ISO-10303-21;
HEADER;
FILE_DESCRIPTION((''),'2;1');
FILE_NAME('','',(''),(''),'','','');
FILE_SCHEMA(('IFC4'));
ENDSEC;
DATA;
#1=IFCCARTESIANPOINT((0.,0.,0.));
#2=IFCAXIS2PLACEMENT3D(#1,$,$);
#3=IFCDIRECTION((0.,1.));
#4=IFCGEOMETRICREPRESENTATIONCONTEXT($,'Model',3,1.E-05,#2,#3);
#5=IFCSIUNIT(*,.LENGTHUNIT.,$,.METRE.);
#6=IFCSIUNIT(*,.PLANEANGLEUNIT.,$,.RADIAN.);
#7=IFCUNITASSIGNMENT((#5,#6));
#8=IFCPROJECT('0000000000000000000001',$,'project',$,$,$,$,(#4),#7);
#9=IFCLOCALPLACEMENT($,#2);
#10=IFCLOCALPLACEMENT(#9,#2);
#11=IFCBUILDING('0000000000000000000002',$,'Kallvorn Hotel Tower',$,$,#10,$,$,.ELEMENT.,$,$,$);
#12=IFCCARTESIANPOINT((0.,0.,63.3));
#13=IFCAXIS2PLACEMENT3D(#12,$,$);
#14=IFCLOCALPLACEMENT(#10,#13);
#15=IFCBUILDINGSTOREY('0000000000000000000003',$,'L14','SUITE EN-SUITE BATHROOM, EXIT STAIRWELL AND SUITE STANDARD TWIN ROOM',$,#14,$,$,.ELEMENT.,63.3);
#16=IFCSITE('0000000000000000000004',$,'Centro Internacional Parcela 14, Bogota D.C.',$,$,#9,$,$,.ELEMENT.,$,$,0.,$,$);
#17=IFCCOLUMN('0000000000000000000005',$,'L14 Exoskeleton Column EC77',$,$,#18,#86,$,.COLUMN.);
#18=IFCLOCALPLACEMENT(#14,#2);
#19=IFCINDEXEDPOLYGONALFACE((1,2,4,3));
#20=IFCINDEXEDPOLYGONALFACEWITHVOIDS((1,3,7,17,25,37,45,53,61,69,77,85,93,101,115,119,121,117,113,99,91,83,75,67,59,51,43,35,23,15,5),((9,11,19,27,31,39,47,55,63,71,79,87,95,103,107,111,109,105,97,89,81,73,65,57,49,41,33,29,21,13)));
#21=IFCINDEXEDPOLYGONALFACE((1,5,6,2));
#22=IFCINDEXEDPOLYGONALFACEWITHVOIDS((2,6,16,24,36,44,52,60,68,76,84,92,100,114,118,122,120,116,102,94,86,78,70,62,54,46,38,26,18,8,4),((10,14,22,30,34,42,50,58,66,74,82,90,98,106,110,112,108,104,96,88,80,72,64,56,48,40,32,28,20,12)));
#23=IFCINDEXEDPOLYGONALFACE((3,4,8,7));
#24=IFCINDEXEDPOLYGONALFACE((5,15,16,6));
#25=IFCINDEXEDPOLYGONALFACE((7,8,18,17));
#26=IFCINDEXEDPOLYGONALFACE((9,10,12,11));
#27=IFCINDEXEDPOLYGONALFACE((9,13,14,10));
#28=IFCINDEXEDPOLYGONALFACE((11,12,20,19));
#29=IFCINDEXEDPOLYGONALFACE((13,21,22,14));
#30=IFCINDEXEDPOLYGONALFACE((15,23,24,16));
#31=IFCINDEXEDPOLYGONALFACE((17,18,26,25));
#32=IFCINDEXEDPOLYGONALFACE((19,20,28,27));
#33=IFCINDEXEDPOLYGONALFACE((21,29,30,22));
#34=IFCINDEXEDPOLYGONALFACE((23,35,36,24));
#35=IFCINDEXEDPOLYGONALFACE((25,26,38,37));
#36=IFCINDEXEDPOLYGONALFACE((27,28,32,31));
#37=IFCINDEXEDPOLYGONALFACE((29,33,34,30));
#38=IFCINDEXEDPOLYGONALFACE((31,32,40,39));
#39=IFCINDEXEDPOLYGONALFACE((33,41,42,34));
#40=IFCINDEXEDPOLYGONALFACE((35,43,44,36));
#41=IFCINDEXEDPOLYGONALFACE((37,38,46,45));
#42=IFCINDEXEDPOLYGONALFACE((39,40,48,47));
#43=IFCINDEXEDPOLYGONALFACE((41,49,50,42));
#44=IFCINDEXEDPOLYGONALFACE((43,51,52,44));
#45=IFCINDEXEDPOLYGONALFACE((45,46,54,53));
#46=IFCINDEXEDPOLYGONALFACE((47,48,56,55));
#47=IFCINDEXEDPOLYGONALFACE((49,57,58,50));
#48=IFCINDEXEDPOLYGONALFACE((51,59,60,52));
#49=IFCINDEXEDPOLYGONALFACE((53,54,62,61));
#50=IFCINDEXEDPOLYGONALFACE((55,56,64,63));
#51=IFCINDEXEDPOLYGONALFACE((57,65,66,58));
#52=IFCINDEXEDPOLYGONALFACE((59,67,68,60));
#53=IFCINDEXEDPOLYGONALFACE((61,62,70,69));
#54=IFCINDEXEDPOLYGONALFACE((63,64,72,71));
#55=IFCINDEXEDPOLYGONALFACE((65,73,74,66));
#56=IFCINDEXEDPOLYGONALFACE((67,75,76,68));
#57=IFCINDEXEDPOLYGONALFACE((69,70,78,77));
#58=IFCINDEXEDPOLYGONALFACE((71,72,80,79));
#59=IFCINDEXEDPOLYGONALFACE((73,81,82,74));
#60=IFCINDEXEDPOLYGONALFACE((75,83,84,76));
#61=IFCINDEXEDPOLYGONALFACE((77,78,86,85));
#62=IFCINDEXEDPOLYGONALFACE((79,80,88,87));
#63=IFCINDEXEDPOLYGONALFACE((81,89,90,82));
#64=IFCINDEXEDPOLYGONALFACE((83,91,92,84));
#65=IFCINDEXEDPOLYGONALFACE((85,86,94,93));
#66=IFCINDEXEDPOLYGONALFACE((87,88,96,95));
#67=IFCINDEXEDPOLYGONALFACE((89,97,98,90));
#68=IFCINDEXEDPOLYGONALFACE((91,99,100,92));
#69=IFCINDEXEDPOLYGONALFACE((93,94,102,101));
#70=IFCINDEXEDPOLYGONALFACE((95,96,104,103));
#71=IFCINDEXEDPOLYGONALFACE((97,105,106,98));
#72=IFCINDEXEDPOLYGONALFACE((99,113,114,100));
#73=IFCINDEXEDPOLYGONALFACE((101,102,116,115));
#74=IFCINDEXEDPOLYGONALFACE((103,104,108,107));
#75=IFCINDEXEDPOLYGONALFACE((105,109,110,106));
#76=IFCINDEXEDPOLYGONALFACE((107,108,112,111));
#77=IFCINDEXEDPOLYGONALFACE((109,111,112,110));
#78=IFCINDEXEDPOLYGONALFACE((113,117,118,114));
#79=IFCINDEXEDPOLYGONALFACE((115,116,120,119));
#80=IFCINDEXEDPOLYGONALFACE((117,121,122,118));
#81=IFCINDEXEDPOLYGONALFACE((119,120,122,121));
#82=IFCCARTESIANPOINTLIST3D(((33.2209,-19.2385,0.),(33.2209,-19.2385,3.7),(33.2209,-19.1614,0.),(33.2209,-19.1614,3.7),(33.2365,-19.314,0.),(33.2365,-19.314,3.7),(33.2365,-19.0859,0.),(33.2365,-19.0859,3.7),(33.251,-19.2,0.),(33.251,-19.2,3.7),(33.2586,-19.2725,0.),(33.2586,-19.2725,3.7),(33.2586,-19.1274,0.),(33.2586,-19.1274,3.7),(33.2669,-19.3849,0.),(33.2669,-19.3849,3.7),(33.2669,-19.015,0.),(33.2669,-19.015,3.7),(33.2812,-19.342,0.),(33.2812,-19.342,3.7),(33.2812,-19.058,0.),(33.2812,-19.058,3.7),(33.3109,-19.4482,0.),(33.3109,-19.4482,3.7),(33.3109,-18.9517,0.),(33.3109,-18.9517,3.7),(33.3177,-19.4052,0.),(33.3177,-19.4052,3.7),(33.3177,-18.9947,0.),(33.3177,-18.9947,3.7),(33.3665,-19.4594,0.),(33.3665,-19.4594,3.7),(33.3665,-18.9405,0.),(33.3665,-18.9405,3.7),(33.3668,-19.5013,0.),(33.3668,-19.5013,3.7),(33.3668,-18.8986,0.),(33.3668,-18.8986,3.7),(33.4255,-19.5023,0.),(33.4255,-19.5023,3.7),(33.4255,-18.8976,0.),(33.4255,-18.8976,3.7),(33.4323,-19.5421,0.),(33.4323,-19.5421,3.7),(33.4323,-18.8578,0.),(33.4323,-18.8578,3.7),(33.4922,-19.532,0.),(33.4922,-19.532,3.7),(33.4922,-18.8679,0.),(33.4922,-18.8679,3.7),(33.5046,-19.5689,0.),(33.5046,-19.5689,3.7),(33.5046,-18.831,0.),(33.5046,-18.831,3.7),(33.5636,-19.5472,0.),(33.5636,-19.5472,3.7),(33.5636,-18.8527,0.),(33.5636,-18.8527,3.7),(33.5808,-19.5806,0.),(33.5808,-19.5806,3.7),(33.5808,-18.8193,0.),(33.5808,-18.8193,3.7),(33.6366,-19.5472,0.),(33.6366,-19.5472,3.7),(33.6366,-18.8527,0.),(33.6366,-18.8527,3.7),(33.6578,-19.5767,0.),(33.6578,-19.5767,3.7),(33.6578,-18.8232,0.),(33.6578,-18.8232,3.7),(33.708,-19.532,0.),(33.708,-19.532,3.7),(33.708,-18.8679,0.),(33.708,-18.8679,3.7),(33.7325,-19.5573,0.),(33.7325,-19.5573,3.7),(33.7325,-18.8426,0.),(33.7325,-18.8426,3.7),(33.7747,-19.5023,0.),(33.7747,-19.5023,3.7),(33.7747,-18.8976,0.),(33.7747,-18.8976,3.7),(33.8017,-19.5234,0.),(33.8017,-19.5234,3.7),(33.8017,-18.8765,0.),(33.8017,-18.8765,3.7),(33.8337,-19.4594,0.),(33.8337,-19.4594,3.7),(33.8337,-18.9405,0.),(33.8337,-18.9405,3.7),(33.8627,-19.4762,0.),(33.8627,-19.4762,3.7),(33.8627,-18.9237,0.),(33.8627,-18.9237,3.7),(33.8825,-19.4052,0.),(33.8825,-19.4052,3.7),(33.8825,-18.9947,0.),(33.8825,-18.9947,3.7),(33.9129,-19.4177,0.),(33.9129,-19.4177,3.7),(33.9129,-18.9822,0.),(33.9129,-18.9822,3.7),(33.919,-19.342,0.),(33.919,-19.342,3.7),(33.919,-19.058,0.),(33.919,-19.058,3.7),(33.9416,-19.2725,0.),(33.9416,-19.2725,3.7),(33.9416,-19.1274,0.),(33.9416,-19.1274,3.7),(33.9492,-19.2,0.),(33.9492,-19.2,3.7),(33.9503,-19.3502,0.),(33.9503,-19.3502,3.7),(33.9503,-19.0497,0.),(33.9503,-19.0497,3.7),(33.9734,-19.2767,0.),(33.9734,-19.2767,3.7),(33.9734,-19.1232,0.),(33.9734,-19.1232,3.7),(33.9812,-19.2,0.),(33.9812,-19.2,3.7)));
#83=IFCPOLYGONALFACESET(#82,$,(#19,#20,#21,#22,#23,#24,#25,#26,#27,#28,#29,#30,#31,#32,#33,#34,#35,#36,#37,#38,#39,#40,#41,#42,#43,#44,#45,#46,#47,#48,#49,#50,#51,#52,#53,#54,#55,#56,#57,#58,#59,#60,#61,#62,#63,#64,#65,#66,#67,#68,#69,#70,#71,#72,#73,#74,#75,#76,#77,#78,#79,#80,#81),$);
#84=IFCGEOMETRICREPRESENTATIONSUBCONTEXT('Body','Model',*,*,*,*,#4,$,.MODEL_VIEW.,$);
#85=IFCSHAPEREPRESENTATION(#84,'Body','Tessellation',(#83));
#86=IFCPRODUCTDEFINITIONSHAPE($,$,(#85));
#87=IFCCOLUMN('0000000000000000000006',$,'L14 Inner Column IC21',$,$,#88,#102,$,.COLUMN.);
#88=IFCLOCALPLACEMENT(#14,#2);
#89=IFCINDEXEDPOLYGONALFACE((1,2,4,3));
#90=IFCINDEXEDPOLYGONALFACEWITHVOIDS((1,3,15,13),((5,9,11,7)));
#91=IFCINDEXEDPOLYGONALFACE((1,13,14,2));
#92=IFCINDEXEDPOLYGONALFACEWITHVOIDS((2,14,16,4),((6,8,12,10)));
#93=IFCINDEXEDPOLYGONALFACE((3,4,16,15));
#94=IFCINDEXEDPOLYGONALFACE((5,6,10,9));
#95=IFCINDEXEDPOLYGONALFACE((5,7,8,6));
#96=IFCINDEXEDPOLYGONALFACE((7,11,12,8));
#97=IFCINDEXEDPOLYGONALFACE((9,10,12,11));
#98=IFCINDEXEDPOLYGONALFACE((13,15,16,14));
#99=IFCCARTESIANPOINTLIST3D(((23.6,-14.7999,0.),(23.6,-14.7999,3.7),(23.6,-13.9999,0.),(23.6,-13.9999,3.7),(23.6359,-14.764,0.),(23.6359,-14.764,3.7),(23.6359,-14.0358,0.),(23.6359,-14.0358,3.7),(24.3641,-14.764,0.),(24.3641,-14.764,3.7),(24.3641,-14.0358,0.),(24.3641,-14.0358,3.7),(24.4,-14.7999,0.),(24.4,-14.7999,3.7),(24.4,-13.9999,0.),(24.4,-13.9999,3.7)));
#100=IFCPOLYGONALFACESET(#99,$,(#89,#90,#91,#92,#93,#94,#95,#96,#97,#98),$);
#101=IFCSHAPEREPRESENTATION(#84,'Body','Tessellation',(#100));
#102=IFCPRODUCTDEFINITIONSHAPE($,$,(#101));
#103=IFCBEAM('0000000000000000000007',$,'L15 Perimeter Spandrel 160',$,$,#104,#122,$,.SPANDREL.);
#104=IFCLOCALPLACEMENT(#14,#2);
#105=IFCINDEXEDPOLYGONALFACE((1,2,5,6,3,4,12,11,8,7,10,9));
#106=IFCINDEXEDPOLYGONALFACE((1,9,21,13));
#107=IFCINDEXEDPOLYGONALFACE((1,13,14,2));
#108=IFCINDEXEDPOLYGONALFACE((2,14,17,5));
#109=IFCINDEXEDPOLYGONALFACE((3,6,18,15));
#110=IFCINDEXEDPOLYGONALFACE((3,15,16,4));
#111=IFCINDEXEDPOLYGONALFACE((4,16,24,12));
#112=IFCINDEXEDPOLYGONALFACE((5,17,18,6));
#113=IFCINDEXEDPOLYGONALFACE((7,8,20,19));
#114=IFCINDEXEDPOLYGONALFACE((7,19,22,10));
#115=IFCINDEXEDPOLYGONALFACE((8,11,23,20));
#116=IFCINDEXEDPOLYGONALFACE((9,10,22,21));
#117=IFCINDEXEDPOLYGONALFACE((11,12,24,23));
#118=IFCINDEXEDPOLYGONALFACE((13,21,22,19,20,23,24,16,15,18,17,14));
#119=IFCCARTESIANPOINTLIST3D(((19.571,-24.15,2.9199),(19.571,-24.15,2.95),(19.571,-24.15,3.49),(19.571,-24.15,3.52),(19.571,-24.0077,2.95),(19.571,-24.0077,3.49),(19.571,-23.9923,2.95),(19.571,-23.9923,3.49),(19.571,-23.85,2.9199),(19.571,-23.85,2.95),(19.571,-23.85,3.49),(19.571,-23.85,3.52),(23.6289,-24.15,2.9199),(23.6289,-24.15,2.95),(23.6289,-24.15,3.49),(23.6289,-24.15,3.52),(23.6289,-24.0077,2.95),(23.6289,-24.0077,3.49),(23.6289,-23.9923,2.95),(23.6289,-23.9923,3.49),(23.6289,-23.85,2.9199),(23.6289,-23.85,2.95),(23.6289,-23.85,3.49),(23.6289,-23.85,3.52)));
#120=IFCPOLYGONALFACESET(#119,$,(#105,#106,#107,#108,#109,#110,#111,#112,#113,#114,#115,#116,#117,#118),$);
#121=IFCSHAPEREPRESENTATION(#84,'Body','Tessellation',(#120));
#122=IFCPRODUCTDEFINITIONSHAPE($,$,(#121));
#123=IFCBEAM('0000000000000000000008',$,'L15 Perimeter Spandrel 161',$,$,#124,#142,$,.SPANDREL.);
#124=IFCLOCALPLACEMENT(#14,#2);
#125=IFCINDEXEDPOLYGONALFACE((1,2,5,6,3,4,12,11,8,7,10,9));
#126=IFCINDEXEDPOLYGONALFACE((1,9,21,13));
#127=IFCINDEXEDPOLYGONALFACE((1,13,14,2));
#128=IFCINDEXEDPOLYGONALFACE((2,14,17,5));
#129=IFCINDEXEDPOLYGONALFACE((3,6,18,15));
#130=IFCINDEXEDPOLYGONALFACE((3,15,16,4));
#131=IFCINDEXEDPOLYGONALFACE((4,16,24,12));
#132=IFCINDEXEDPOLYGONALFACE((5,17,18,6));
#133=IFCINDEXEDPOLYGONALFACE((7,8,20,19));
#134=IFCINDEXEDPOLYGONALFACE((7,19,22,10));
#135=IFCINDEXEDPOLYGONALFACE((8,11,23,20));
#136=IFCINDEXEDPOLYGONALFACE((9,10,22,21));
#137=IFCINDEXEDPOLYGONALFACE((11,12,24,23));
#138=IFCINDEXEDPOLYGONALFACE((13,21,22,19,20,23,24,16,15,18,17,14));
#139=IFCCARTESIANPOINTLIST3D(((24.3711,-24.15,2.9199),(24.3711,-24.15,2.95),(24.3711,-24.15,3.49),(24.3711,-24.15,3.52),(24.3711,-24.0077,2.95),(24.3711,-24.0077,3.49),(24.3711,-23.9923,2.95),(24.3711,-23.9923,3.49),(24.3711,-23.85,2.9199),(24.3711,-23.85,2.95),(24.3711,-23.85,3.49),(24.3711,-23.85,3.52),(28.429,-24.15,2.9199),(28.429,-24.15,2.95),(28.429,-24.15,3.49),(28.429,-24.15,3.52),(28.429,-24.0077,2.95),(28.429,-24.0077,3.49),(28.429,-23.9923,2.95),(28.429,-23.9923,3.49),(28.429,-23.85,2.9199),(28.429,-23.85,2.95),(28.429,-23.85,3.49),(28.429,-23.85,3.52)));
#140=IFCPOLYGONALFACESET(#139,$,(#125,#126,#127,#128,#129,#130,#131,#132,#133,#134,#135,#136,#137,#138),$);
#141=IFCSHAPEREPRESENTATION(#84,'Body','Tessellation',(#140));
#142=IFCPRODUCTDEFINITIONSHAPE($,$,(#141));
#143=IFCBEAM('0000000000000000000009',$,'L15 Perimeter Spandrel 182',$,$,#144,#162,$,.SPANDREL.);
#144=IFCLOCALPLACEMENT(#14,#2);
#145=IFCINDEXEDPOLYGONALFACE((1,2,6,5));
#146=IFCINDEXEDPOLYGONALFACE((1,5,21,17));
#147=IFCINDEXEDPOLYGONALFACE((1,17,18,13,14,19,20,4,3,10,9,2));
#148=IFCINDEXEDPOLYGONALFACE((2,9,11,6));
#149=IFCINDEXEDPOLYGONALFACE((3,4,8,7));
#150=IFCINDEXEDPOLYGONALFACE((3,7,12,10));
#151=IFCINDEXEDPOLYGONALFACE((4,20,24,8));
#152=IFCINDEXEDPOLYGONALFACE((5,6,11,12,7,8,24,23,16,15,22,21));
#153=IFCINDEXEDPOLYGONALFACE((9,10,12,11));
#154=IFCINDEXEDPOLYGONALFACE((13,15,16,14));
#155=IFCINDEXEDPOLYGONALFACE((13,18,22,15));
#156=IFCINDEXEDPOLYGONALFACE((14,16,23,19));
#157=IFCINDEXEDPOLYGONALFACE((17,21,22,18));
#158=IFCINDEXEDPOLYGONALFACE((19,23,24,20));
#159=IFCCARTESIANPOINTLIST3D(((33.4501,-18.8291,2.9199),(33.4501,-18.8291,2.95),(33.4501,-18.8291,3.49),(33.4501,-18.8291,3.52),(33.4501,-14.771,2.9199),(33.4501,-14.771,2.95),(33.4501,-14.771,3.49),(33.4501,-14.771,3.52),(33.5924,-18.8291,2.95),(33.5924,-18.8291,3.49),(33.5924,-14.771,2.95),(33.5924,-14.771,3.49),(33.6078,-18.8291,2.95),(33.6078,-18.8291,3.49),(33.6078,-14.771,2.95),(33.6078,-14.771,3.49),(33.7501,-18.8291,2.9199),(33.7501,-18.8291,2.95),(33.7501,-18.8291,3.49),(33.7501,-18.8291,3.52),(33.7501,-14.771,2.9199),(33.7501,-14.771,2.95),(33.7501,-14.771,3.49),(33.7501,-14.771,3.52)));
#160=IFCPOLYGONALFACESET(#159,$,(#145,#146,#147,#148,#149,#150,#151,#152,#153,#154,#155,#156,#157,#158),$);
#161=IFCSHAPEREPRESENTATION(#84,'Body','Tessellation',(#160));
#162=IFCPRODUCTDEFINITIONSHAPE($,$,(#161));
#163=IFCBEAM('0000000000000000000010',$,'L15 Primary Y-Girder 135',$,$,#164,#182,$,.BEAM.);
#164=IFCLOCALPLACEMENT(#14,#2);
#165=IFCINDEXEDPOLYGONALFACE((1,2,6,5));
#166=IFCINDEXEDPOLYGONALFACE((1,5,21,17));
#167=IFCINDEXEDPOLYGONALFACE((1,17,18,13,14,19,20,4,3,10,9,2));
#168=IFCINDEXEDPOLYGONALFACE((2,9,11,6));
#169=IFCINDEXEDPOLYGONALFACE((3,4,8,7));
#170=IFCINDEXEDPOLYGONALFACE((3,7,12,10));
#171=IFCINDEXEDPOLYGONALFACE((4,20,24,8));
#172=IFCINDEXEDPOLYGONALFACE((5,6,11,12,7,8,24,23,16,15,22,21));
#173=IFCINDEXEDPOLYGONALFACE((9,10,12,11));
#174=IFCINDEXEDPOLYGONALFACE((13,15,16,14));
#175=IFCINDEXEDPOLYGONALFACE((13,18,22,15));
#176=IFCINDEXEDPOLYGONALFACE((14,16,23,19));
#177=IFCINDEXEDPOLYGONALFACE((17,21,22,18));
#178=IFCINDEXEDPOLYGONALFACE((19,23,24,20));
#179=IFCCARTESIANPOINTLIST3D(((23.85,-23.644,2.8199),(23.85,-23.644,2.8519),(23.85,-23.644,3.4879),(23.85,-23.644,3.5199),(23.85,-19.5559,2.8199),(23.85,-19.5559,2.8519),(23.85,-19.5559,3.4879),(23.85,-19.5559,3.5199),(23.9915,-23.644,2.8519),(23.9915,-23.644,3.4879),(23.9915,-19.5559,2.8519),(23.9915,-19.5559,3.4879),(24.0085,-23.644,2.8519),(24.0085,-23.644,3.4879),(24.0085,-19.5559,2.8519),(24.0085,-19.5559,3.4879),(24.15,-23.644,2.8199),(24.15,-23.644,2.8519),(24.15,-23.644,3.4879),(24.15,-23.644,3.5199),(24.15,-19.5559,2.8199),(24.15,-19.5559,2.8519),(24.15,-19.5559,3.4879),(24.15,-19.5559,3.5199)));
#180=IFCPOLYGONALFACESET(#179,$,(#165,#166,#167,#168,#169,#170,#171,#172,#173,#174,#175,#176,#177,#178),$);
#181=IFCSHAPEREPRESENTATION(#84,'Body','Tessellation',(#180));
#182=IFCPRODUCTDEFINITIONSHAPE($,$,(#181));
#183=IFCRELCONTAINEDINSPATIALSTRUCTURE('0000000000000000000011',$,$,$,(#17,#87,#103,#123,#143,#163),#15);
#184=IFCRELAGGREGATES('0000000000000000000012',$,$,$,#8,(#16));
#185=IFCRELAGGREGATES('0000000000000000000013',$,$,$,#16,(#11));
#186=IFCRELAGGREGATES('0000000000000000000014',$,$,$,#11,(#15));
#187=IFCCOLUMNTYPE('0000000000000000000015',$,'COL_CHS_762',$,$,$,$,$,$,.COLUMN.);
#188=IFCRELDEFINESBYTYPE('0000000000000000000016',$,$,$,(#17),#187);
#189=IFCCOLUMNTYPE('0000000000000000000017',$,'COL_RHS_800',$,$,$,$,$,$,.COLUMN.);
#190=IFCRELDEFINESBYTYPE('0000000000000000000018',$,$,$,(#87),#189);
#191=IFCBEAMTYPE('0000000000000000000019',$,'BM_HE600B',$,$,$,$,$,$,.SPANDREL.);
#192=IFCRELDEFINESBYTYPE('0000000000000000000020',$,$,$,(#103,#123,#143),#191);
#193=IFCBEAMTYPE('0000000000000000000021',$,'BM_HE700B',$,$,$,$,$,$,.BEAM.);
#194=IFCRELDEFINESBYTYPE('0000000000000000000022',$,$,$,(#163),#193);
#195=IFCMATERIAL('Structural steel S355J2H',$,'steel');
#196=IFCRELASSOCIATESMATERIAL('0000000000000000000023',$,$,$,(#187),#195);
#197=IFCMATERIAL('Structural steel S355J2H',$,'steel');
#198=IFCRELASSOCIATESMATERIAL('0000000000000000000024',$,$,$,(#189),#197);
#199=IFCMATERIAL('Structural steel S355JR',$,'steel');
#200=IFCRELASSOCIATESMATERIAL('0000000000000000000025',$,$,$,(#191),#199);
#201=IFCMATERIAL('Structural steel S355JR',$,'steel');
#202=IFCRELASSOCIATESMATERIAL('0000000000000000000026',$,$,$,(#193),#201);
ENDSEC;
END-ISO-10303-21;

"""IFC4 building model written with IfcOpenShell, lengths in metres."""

from ifc_helpers import new_model, si_unit, direction, frame, origin, origin_2d, place, context, subcontext, project, spatial, hollow_rectangle, hollow_circle, i_section, extrude, material, material_profile, profile_set, type_object, element, save


model = new_model("IFC4")

# Units and contexts
model_context = context("Model", 3, precision=1e-05, world=origin(), true_north=direction((0.0, 1.0)))
body_context = subcontext(model_context, "Body", "Model", "MODEL_VIEW")
ifc_project = project(units=[si_unit("LENGTHUNIT", "METRE"), si_unit("PLANEANGLEUNIT", "RADIAN")], contexts=[model_context])

# Site, building, storey
site_placement = place(None, origin())
site = spatial("IfcSite", under=ifc_project, at=site_placement, Name="Centro Internacional Parcela 14, Bogota D.C.", CompositionType="ELEMENT", RefElevation=0.0)
building_placement = place(site_placement, origin())
building = spatial("IfcBuilding", under=site, at=building_placement, Name="Kallvorn Hotel Tower", CompositionType="ELEMENT")
storey_placement = place(building_placement, frame((0.0, 0.0, 63.3)))
storey = spatial("IfcBuildingStorey", under=building, at=storey_placement, Name="L14", Description="SUITE EN-SUITE BATHROOM, EXIT STAIRWELL AND SUITE STANDARD TWIN ROOM", CompositionType="ELEMENT", Elevation=63.3)

# Columns
ifc_material_1 = material(Name="Structural steel S355J2H", Category="steel")
ifc_material_profile_1 = material_profile(ifc_material_1, hollow_circle(Radius=0.3811, WallThickness=0.032, at=origin_2d()), Name="CHS 762x32")
ifc_profile_set_1 = profile_set([ifc_material_profile_1], Name="Structural steel S355J2H")
column_type_1 = type_object("IfcColumnType", Name="COL_CHS_762", PredefinedType="COLUMN", material=ifc_profile_set_1)
for number, where, z_axis, x_axis, name in (
    (1, (33.6001, -19.2, 0.0), (0.0, 0.0, 1.0), (1.0, 0.0, 0.0), "L14 Exoskeleton Column EC77"),
):
    element("IfcColumn", number, at=place(storey_placement, frame(where, z_axis=z_axis, x_axis=x_axis)), inside=storey, type_object=column_type_1, Name=name, PredefinedType="COLUMN", context=body_context, shape_type="SweptSolid", body=[
        extrude(hollow_circle(Radius=0.3811, WallThickness=0.032, at=origin_2d()), origin(), (0.0, 0.0, 1.0), 3.7),
    ])
ifc_material_2 = material(Name="Structural steel S355J2H", Category="steel")
ifc_material_profile_2 = material_profile(ifc_material_2, hollow_rectangle(XDim=0.8, YDim=0.8, WallThickness=0.0359, at=origin_2d()), Name="RHS 800x800x36")
ifc_profile_set_2 = profile_set([ifc_material_profile_2], Name="Structural steel S355J2H")
column_type_2 = type_object("IfcColumnType", Name="COL_RHS_800", PredefinedType="COLUMN", material=ifc_profile_set_2)
column_placement = place(storey_placement, frame((24.0, -14.3999, 0.0), z_axis=(0.0, 0.0, 1.0), x_axis=(1.0, 0.0, 0.0)))
element("IfcColumn", 2, at=column_placement, inside=storey, type_object=column_type_2, Name="L14 Inner Column IC21", PredefinedType="COLUMN", context=body_context, shape_type="SweptSolid", body=[
    extrude(hollow_rectangle(XDim=0.8, YDim=0.8, WallThickness=0.0359, at=origin_2d()), origin(), (0.0, 0.0, 1.0), 3.7),
])

# Beams
ifc_material_3 = material(Name="Structural steel S355JR", Category="steel")
ifc_material_profile_3 = material_profile(ifc_material_3, i_section(OverallWidth=0.3, OverallDepth=0.6001, WebThickness=0.0154, FlangeThickness=0.03, at=origin_2d()), Name="HE 600 B")
ifc_profile_set_3 = profile_set([ifc_material_profile_3], Name="Structural steel S355JR")
beam_type_1 = type_object("IfcBeamType", Name="BM_HE600B", PredefinedType="SPANDREL", material=ifc_profile_set_3)
for number, where, z_axis, x_axis, name in (
    (3, (19.571, -24.0, 3.22), (1.0, 0.0, 0.0), (0.0, 1.0, 0.0), "L15 Perimeter Spandrel 160"),
    (4, (24.3711, -24.0, 3.22), (1.0, 0.0, 0.0), (0.0, 1.0, 0.0), "L15 Perimeter Spandrel 161"),
):
    element("IfcBeam", number, at=place(storey_placement, frame(where, z_axis=z_axis, x_axis=x_axis)), inside=storey, type_object=beam_type_1, Name=name, PredefinedType="SPANDREL", context=body_context, shape_type="SweptSolid", body=[
        extrude(i_section(OverallWidth=0.3, OverallDepth=0.6001, WebThickness=0.0154, FlangeThickness=0.03, at=origin_2d()), origin(), (0.0, 0.0, 1.0), 4.0579),
    ])
beam_1_placement = place(storey_placement, frame((33.6001, -18.8291, 3.22), z_axis=(0.0, 1.0, 0.0), x_axis=(-1.0, 0.0, 0.0)))
element("IfcBeam", 5, at=beam_1_placement, inside=storey, type_object=beam_type_1, Name="L15 Perimeter Spandrel 182", PredefinedType="SPANDREL", context=body_context, shape_type="SweptSolid", body=[
    extrude(i_section(OverallWidth=0.3, OverallDepth=0.6001, WebThickness=0.0154, FlangeThickness=0.03, at=origin_2d()), origin(), (0.0, 0.0, 1.0), 4.0581),
])
ifc_material_4 = material(Name="Structural steel S355JR", Category="steel")
ifc_material_profile_4 = material_profile(ifc_material_4, i_section(OverallWidth=0.3, OverallDepth=0.7, WebThickness=0.0171, FlangeThickness=0.032, at=origin_2d()), Name="HE 700 B")
ifc_profile_set_4 = profile_set([ifc_material_profile_4], Name="Structural steel S355JR")
beam_type_2 = type_object("IfcBeamType", Name="BM_HE700B", PredefinedType="BEAM", material=ifc_profile_set_4)
beam_2_placement = place(storey_placement, frame((24.0, -23.644, 3.1699), z_axis=(0.0, 1.0, 0.0), x_axis=(-1.0, 0.0, 0.0)))
element("IfcBeam", 6, at=beam_2_placement, inside=storey, type_object=beam_type_2, Name="L15 Primary Y-Girder 135", PredefinedType="BEAM", context=body_context, shape_type="SweptSolid", body=[
    extrude(i_section(OverallWidth=0.3, OverallDepth=0.7, WebThickness=0.0171, FlangeThickness=0.032, at=origin_2d()), origin(), (0.0, 0.0, 1.0), 4.0881),
])

save(model, "model.ifc")
